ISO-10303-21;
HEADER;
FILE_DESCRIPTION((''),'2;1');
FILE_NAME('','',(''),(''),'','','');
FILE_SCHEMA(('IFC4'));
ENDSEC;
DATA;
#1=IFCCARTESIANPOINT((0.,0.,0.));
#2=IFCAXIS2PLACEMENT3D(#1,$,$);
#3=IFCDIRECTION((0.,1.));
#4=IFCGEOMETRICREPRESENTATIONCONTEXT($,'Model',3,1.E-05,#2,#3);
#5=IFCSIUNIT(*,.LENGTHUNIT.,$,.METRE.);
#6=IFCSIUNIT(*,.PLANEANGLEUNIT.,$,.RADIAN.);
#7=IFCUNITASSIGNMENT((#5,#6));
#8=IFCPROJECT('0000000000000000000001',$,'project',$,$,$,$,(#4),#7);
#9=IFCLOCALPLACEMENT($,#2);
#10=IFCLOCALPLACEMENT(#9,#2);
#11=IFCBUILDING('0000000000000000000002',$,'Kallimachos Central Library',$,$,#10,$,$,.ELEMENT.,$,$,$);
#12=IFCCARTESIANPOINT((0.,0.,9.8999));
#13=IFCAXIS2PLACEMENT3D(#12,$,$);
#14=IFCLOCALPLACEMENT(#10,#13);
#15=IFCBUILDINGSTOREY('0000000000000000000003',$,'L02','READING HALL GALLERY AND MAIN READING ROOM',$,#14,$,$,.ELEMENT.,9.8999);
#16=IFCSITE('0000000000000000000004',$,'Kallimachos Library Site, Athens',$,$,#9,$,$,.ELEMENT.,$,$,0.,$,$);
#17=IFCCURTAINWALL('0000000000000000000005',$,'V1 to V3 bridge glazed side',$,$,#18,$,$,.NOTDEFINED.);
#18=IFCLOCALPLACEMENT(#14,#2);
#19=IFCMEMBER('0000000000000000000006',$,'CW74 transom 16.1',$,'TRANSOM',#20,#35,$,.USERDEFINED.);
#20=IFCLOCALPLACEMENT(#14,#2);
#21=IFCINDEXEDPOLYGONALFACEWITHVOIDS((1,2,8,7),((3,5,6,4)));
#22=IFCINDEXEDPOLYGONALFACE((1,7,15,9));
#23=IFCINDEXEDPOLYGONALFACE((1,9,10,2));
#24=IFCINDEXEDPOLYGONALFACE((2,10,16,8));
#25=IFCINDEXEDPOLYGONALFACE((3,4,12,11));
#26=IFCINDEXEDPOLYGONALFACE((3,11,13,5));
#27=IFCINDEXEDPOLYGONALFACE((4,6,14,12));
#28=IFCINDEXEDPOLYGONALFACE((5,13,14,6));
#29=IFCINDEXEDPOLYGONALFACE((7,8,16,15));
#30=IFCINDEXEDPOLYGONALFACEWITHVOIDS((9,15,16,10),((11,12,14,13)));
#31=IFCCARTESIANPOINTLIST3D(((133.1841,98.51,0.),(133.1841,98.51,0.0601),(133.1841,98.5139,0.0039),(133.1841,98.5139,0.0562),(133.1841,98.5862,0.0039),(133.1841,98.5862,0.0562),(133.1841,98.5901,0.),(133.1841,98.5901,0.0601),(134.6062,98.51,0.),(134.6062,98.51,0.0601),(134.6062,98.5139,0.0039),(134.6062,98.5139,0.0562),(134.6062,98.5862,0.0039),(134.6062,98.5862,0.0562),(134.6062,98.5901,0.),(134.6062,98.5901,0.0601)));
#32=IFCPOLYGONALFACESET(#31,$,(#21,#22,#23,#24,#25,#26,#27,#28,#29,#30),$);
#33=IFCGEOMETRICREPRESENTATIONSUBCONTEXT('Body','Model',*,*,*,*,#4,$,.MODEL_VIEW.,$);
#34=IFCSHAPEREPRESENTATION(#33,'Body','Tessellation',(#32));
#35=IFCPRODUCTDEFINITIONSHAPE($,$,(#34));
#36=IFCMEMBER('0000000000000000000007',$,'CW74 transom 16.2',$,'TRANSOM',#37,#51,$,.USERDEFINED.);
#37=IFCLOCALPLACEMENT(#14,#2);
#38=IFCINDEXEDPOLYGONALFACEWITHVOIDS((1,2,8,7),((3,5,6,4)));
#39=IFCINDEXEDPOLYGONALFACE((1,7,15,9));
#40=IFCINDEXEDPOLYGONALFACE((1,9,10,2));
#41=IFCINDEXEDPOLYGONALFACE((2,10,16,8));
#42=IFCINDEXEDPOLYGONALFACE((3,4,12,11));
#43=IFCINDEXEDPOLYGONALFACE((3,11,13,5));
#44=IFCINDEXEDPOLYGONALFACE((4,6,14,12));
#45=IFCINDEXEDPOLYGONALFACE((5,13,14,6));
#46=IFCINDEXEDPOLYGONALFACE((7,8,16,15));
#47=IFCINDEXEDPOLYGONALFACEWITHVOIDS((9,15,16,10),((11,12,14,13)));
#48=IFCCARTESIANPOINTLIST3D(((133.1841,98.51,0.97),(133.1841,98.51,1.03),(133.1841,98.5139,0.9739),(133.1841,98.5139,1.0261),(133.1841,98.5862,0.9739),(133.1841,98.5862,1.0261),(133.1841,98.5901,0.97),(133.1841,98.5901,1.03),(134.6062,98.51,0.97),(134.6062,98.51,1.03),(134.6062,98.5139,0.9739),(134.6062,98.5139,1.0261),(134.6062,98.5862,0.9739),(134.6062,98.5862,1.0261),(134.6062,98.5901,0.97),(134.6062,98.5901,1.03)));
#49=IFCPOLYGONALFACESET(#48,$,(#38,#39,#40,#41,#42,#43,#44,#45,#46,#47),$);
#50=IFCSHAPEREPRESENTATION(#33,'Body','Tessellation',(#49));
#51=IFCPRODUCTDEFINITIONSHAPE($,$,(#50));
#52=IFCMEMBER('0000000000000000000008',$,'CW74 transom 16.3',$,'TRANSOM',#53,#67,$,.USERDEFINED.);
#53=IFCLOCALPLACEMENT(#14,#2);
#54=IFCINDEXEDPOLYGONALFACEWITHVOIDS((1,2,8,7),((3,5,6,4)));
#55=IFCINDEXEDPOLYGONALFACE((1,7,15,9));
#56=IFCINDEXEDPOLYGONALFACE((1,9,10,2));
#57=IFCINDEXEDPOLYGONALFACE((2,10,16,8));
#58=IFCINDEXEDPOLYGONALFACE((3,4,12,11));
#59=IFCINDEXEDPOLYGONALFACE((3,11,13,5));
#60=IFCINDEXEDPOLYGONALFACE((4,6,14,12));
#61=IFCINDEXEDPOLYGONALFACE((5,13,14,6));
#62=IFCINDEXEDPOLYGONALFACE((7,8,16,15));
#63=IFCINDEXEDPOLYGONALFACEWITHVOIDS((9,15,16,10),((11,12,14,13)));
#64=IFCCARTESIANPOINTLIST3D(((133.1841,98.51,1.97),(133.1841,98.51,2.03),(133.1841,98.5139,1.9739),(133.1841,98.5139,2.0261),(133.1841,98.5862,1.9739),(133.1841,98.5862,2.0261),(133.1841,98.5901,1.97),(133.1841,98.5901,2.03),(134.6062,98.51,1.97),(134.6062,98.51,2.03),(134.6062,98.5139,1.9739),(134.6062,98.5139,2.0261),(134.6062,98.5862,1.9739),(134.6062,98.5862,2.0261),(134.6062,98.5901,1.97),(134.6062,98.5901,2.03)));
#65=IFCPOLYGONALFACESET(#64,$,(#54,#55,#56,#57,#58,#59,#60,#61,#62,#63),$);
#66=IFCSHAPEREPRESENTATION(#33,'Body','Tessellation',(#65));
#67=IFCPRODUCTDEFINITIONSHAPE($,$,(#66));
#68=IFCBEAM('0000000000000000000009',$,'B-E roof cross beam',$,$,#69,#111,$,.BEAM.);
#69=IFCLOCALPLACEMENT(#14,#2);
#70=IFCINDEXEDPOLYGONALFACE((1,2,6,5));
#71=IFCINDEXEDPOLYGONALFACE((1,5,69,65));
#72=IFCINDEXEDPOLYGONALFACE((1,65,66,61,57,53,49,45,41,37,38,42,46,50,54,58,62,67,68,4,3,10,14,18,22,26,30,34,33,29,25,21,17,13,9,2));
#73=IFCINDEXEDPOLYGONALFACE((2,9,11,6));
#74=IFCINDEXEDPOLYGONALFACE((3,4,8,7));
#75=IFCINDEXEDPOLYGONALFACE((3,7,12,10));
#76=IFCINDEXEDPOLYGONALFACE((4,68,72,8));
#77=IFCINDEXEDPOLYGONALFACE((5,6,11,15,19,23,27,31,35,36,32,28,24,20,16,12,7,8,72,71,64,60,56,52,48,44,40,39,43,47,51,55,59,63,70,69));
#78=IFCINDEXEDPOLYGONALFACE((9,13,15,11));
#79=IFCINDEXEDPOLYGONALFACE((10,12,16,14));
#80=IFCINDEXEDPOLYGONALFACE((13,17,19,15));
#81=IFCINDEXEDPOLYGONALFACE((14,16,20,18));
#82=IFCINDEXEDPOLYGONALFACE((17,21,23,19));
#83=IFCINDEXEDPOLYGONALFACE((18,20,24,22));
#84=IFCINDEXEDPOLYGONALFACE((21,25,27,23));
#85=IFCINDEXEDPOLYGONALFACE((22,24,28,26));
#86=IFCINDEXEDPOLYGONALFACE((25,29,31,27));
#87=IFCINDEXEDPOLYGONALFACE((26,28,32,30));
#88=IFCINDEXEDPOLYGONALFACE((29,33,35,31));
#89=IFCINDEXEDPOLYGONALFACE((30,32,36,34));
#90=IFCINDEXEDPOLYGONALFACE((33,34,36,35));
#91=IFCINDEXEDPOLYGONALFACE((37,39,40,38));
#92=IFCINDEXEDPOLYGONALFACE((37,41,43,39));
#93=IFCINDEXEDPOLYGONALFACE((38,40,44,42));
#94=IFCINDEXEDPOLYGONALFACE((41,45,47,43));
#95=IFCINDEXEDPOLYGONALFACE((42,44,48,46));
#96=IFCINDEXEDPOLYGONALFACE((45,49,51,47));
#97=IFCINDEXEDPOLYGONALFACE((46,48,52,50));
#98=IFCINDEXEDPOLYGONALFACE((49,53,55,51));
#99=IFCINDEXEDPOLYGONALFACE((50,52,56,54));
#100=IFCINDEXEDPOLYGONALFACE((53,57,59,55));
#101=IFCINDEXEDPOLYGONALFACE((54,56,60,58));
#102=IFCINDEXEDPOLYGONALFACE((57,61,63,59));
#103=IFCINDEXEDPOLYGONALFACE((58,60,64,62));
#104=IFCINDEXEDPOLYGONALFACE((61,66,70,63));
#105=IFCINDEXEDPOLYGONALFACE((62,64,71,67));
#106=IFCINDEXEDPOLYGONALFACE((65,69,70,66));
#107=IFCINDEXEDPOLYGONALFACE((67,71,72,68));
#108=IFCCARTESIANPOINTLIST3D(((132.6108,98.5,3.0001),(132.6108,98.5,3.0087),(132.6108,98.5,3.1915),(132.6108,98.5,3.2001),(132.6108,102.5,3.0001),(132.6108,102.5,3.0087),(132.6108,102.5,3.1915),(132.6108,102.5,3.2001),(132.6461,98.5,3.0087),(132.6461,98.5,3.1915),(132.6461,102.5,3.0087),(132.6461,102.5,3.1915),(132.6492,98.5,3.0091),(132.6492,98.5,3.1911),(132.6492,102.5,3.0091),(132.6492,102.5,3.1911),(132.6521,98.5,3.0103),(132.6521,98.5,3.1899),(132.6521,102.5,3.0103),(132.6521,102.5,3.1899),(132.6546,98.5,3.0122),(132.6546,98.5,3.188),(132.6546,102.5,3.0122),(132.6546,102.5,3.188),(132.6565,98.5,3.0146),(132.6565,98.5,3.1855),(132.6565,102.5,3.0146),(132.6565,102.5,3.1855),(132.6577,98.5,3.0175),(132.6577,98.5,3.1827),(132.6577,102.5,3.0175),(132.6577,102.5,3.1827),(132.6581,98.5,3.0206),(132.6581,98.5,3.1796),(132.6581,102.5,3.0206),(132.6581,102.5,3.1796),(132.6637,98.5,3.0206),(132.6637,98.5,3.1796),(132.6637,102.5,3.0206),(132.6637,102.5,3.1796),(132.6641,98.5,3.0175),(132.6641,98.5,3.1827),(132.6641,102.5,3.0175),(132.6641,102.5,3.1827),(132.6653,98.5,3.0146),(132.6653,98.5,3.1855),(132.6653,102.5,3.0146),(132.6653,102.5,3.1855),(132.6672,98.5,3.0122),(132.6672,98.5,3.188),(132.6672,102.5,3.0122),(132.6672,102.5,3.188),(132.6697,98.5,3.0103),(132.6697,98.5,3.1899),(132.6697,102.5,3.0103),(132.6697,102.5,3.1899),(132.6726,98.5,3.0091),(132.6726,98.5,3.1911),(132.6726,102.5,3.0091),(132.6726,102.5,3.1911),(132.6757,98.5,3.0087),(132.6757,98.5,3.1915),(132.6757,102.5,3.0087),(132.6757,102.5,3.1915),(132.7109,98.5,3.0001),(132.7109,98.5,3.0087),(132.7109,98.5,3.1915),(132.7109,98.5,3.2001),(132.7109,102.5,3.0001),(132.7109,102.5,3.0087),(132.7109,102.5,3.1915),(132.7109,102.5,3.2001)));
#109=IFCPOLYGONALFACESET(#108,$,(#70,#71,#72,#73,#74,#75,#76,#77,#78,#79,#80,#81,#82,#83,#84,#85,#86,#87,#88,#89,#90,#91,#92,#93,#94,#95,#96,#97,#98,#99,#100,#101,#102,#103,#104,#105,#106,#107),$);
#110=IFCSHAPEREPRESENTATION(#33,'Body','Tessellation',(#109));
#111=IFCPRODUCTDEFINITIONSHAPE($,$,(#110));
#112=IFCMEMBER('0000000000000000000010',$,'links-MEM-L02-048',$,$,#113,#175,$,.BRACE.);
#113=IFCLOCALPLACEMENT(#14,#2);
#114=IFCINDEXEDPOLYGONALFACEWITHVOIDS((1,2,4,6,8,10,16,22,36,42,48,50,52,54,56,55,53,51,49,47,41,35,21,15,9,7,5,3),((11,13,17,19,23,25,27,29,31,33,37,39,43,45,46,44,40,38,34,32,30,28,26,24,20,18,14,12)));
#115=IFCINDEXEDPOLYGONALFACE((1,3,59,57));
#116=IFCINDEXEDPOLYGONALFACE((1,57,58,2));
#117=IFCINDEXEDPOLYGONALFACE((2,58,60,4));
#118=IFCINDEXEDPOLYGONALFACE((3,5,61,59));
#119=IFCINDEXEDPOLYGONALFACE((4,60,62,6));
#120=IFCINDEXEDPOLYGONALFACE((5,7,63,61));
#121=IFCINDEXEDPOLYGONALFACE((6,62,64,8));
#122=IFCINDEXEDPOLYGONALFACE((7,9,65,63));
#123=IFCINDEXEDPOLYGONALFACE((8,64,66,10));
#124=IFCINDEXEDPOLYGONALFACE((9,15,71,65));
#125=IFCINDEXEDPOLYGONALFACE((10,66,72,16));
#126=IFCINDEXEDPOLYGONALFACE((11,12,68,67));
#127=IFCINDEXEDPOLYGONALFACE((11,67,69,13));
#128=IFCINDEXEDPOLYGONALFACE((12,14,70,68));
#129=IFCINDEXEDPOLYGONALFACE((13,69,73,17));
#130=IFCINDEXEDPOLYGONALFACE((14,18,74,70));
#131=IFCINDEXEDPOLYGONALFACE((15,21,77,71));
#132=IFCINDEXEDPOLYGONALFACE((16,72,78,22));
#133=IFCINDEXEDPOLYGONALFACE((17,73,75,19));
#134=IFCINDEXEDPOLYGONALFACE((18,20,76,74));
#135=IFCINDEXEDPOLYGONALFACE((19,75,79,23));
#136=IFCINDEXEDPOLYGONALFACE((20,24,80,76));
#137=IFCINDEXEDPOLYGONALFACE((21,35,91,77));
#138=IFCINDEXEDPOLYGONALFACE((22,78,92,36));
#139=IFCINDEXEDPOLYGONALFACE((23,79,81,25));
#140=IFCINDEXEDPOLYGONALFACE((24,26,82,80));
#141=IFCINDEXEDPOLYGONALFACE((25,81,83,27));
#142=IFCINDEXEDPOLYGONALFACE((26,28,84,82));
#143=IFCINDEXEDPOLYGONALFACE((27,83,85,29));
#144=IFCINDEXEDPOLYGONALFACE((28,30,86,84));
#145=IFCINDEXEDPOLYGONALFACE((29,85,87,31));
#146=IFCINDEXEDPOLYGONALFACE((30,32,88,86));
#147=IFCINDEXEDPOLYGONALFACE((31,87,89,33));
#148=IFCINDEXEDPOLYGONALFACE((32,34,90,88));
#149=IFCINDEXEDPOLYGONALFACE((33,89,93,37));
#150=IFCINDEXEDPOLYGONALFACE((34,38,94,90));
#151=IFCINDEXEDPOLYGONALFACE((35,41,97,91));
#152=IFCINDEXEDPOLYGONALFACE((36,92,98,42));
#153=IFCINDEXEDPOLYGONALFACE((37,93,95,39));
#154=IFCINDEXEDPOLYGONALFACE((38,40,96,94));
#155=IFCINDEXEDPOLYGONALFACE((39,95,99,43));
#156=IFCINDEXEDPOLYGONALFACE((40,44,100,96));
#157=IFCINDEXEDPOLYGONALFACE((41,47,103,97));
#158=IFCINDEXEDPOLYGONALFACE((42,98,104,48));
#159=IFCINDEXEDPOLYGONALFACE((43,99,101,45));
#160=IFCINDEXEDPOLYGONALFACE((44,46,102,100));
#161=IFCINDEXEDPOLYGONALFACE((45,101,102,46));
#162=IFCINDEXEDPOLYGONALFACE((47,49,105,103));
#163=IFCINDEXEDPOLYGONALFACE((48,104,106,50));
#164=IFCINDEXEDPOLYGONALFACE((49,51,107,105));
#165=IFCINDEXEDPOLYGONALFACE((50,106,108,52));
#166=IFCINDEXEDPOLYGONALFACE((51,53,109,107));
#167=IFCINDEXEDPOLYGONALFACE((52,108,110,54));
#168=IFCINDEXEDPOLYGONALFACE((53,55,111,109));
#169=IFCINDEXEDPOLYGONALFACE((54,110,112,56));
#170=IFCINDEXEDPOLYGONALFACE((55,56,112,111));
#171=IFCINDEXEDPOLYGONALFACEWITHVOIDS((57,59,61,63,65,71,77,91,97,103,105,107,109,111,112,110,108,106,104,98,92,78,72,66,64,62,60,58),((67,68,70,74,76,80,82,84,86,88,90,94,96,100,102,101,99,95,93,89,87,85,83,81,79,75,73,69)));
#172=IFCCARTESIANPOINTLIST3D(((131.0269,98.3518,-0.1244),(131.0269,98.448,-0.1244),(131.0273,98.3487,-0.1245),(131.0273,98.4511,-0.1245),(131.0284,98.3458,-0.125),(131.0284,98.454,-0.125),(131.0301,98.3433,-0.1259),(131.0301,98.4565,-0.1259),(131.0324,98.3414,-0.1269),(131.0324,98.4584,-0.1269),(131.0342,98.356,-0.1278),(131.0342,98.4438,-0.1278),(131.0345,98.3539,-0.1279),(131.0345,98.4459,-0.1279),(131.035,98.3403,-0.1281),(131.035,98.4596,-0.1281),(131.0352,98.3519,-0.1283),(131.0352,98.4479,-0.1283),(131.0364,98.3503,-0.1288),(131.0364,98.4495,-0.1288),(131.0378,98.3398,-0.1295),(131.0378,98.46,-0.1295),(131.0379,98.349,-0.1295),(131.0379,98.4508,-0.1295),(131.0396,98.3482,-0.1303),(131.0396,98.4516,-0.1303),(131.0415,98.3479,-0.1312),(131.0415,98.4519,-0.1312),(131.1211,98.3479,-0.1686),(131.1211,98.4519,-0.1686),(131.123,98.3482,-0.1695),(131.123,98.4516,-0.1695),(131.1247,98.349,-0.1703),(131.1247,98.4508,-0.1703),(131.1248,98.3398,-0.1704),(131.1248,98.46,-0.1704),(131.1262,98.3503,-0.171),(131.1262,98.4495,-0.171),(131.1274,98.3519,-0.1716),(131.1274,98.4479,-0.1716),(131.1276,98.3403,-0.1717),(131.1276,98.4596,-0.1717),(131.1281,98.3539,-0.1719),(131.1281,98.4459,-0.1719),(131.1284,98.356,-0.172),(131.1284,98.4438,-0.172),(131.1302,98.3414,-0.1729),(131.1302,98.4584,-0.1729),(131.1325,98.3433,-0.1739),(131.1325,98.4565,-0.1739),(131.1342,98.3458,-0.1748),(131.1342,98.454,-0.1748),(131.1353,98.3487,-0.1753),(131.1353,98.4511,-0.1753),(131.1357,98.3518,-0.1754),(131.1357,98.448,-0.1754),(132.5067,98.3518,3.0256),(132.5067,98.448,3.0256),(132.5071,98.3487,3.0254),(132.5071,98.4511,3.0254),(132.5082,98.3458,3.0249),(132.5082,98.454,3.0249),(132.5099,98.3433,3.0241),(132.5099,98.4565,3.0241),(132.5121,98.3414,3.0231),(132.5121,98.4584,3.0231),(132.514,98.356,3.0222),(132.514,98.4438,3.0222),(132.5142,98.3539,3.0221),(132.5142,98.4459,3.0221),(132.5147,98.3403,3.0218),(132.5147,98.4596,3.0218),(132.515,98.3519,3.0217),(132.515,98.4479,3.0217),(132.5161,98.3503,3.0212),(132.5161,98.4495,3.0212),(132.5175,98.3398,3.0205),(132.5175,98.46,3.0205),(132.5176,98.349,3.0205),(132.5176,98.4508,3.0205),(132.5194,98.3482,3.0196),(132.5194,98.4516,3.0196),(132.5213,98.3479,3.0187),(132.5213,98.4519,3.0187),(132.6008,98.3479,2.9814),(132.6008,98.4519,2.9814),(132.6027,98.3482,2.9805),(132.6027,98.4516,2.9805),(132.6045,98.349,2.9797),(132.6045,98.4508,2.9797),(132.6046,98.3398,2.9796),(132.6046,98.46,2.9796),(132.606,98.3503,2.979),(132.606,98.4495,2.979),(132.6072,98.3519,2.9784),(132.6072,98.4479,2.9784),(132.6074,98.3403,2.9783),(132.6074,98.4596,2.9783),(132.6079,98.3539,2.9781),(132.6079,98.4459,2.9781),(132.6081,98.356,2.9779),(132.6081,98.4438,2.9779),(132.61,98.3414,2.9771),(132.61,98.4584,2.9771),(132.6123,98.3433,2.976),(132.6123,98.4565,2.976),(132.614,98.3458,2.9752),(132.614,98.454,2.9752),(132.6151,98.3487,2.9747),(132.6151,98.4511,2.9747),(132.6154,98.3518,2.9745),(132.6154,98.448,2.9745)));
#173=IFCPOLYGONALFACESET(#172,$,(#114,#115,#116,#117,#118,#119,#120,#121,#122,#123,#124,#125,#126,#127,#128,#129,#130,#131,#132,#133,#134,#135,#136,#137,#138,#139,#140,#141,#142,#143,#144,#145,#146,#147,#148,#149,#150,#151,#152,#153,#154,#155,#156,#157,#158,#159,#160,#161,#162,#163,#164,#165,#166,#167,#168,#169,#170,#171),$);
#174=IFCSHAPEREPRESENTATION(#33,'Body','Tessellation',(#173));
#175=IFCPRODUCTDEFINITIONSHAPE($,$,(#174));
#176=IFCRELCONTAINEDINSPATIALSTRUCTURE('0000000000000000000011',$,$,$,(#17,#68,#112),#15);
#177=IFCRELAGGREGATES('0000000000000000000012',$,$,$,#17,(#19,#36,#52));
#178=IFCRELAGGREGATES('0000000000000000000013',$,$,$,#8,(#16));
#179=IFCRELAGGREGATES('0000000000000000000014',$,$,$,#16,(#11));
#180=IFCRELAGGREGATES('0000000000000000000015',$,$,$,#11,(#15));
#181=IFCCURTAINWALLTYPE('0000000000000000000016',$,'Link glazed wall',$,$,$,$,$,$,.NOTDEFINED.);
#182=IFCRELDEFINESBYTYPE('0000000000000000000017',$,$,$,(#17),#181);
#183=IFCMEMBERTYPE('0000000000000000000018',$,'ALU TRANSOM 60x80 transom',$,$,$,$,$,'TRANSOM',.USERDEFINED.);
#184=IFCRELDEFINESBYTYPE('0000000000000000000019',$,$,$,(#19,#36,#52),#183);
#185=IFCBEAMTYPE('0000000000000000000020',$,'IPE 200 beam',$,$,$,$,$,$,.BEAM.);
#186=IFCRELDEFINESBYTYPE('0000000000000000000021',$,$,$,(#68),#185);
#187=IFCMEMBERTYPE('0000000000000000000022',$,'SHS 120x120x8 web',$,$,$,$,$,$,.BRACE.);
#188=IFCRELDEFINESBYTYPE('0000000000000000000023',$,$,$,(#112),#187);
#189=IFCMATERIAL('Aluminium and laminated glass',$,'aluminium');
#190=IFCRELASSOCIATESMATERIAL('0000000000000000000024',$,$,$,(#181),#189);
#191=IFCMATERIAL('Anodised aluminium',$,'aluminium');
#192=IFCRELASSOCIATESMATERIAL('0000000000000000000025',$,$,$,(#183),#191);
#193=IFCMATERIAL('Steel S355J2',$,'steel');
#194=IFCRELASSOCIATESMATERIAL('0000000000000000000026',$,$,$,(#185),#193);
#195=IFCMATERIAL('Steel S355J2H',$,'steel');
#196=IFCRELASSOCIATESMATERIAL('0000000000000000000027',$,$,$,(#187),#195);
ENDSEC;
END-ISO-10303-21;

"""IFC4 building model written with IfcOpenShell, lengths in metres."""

from ifc_helpers import new_model, si_unit, direction, frame, origin, origin_2d, place, context, subcontext, project, spatial, hollow_rectangle, i_section, extrude, material, material_profile, profile_set, type_object, element, aggregate, save


model = new_model("IFC4")

# Units and contexts
model_context = context("Model", 3, precision=1e-05, world=origin(), true_north=direction((0.0, 1.0)))
body_context = subcontext(model_context, "Body", "Model", "MODEL_VIEW")
ifc_project = project(units=[si_unit("LENGTHUNIT", "METRE"), si_unit("PLANEANGLEUNIT", "RADIAN")], contexts=[model_context])

# Site, building, storey
site_placement = place(None, origin())
site = spatial("IfcSite", under=ifc_project, at=site_placement, Name="Kallimachos Library Site, Athens", CompositionType="ELEMENT", RefElevation=0.0)
building_placement = place(site_placement, origin())
building = spatial("IfcBuilding", under=site, at=building_placement, Name="Kallimachos Central Library", CompositionType="ELEMENT")
storey_placement = place(building_placement, frame((0.0, 0.0, 9.8999)))
storey = spatial("IfcBuildingStorey", under=building, at=storey_placement, Name="L02", Description="READING HALL GALLERY AND MAIN READING ROOM", CompositionType="ELEMENT", Elevation=9.8999)

# Curtain wall, members
ifc_material_1 = material(Name="Aluminium and laminated glass", Category="aluminium")
curtain_wall_type = type_object("IfcCurtainWallType", Name="Link glazed wall", PredefinedType="NOTDEFINED", material=ifc_material_1)
curtain_wall_placement = place(storey_placement, origin())
curtain_wall = element("IfcCurtainWall", 1, at=curtain_wall_placement, inside=storey, type_object=curtain_wall_type, Name="V1 to V3 bridge glazed side", PredefinedType="NOTDEFINED")
ifc_material_2 = material(Name="Anodised aluminium", Category="aluminium")
ifc_material_profile_1 = material_profile(ifc_material_2, hollow_rectangle(XDim=0.0601, YDim=0.0801, WallThickness=0.0039, at=origin_2d()), Name="ALU TRANSOM 60x80")
ifc_profile_set_1 = profile_set([ifc_material_profile_1], Name="Anodised aluminium")
member_type_1 = type_object("IfcMemberType", Name="ALU TRANSOM 60x80 transom", ElementType="TRANSOM", PredefinedType="USERDEFINED", material=ifc_profile_set_1)
member_1_placement = place(storey_placement, frame((133.1841, 98.55, 0.03), z_axis=(1.0, 0.0, 0.0), x_axis=(0.0, 0.0, 1.0)))
member_1 = element("IfcMember", 2, at=member_1_placement, type_object=member_type_1, Name="CW74 transom 16.1", ObjectType="TRANSOM", PredefinedType="USERDEFINED", context=body_context, shape_type="SweptSolid", body=[
    extrude(hollow_rectangle(XDim=0.0601, YDim=0.0801, WallThickness=0.0039, at=origin_2d()), origin(), (0.0, 0.0, 1.0), 1.4221),
])
member_2_placement = place(storey_placement, frame((133.1841, 98.55, 1.0), z_axis=(1.0, 0.0, 0.0), x_axis=(0.0, 0.0, 1.0)))
member_2 = element("IfcMember", 3, at=member_2_placement, type_object=member_type_1, Name="CW74 transom 16.2", ObjectType="TRANSOM", PredefinedType="USERDEFINED", context=body_context, shape_type="SweptSolid", body=[
    extrude(hollow_rectangle(XDim=0.0601, YDim=0.0801, WallThickness=0.0039, at=origin_2d()), origin(), (0.0, 0.0, 1.0), 1.4221),
])
member_3_placement = place(storey_placement, frame((133.1841, 98.55, 2.0), z_axis=(1.0, 0.0, 0.0), x_axis=(0.0, 0.0, 1.0)))
member_3 = element("IfcMember", 4, at=member_3_placement, type_object=member_type_1, Name="CW74 transom 16.3", ObjectType="TRANSOM", PredefinedType="USERDEFINED", context=body_context, shape_type="SweptSolid", body=[
    extrude(hollow_rectangle(XDim=0.0601, YDim=0.0801, WallThickness=0.0039, at=origin_2d()), origin(), (0.0, 0.0, 1.0), 1.4221),
])

# Beam
ifc_material_3 = material(Name="Steel S355J2", Category="steel")
ifc_material_profile_2 = material_profile(ifc_material_3, i_section(OverallWidth=0.1001, OverallDepth=0.2, WebThickness=0.0056, FlangeThickness=0.0085, FilletRadius=0.012, at=origin_2d()), Name="IPE 200")
ifc_profile_set_2 = profile_set([ifc_material_profile_2], Name="Steel S355J2")
beam_type = type_object("IfcBeamType", Name="IPE 200 beam", PredefinedType="BEAM", material=ifc_profile_set_2)
beam_placement = place(storey_placement, frame((132.6609, 98.5, 3.1001), z_axis=(0.0, 1.0, 0.0), x_axis=(-1.0, 0.0, 0.0)))
element("IfcBeam", 5, at=beam_placement, inside=storey, type_object=beam_type, Name="B-E roof cross beam", PredefinedType="BEAM", context=body_context, shape_type="SweptSolid", body=[
    extrude(i_section(OverallWidth=0.1001, OverallDepth=0.2, WebThickness=0.0056, FlangeThickness=0.0085, FilletRadius=0.012, at=origin_2d()), origin(), (0.0, 0.0, 1.0), 4.0),
])

# Member
ifc_material_4 = material(Name="Steel S355J2H", Category="steel")
ifc_material_profile_3 = material_profile(ifc_material_4, hollow_rectangle(XDim=0.1201, YDim=0.1201, WallThickness=0.0081, InnerFilletRadius=0.0081, OuterFilletRadius=0.012, at=origin_2d()), Name="SHS 120x120x8")
ifc_profile_set_3 = profile_set([ifc_material_profile_3], Name="Steel S355J2H")
member_type_2 = type_object("IfcMemberType", Name="SHS 120x120x8 web", PredefinedType="BRACE", material=ifc_profile_set_3)
for number, where, z_axis, x_axis, name in (
    (6, (131.0813, 98.3999, -0.1499), (0.425192, 0.0, 0.905103), (0.0, 1.0, 0.0), "links-MEM-L02-048"),
):
    element("IfcMember", number, at=place(storey_placement, frame(where, z_axis=z_axis, x_axis=x_axis)), inside=storey, type_object=member_type_2, Name=name, PredefinedType="BRACE", context=body_context, shape_type="SweptSolid", body=[
        extrude(hollow_rectangle(XDim=0.1201, YDim=0.1201, WallThickness=0.0081, InnerFilletRadius=0.0081, OuterFilletRadius=0.012, at=origin_2d()), origin(), (0.0, 0.0, 1.0), 3.4802),
    ])

aggregate(curtain_wall, [member_1, member_2, member_3])

save(model, "model.ifc")
